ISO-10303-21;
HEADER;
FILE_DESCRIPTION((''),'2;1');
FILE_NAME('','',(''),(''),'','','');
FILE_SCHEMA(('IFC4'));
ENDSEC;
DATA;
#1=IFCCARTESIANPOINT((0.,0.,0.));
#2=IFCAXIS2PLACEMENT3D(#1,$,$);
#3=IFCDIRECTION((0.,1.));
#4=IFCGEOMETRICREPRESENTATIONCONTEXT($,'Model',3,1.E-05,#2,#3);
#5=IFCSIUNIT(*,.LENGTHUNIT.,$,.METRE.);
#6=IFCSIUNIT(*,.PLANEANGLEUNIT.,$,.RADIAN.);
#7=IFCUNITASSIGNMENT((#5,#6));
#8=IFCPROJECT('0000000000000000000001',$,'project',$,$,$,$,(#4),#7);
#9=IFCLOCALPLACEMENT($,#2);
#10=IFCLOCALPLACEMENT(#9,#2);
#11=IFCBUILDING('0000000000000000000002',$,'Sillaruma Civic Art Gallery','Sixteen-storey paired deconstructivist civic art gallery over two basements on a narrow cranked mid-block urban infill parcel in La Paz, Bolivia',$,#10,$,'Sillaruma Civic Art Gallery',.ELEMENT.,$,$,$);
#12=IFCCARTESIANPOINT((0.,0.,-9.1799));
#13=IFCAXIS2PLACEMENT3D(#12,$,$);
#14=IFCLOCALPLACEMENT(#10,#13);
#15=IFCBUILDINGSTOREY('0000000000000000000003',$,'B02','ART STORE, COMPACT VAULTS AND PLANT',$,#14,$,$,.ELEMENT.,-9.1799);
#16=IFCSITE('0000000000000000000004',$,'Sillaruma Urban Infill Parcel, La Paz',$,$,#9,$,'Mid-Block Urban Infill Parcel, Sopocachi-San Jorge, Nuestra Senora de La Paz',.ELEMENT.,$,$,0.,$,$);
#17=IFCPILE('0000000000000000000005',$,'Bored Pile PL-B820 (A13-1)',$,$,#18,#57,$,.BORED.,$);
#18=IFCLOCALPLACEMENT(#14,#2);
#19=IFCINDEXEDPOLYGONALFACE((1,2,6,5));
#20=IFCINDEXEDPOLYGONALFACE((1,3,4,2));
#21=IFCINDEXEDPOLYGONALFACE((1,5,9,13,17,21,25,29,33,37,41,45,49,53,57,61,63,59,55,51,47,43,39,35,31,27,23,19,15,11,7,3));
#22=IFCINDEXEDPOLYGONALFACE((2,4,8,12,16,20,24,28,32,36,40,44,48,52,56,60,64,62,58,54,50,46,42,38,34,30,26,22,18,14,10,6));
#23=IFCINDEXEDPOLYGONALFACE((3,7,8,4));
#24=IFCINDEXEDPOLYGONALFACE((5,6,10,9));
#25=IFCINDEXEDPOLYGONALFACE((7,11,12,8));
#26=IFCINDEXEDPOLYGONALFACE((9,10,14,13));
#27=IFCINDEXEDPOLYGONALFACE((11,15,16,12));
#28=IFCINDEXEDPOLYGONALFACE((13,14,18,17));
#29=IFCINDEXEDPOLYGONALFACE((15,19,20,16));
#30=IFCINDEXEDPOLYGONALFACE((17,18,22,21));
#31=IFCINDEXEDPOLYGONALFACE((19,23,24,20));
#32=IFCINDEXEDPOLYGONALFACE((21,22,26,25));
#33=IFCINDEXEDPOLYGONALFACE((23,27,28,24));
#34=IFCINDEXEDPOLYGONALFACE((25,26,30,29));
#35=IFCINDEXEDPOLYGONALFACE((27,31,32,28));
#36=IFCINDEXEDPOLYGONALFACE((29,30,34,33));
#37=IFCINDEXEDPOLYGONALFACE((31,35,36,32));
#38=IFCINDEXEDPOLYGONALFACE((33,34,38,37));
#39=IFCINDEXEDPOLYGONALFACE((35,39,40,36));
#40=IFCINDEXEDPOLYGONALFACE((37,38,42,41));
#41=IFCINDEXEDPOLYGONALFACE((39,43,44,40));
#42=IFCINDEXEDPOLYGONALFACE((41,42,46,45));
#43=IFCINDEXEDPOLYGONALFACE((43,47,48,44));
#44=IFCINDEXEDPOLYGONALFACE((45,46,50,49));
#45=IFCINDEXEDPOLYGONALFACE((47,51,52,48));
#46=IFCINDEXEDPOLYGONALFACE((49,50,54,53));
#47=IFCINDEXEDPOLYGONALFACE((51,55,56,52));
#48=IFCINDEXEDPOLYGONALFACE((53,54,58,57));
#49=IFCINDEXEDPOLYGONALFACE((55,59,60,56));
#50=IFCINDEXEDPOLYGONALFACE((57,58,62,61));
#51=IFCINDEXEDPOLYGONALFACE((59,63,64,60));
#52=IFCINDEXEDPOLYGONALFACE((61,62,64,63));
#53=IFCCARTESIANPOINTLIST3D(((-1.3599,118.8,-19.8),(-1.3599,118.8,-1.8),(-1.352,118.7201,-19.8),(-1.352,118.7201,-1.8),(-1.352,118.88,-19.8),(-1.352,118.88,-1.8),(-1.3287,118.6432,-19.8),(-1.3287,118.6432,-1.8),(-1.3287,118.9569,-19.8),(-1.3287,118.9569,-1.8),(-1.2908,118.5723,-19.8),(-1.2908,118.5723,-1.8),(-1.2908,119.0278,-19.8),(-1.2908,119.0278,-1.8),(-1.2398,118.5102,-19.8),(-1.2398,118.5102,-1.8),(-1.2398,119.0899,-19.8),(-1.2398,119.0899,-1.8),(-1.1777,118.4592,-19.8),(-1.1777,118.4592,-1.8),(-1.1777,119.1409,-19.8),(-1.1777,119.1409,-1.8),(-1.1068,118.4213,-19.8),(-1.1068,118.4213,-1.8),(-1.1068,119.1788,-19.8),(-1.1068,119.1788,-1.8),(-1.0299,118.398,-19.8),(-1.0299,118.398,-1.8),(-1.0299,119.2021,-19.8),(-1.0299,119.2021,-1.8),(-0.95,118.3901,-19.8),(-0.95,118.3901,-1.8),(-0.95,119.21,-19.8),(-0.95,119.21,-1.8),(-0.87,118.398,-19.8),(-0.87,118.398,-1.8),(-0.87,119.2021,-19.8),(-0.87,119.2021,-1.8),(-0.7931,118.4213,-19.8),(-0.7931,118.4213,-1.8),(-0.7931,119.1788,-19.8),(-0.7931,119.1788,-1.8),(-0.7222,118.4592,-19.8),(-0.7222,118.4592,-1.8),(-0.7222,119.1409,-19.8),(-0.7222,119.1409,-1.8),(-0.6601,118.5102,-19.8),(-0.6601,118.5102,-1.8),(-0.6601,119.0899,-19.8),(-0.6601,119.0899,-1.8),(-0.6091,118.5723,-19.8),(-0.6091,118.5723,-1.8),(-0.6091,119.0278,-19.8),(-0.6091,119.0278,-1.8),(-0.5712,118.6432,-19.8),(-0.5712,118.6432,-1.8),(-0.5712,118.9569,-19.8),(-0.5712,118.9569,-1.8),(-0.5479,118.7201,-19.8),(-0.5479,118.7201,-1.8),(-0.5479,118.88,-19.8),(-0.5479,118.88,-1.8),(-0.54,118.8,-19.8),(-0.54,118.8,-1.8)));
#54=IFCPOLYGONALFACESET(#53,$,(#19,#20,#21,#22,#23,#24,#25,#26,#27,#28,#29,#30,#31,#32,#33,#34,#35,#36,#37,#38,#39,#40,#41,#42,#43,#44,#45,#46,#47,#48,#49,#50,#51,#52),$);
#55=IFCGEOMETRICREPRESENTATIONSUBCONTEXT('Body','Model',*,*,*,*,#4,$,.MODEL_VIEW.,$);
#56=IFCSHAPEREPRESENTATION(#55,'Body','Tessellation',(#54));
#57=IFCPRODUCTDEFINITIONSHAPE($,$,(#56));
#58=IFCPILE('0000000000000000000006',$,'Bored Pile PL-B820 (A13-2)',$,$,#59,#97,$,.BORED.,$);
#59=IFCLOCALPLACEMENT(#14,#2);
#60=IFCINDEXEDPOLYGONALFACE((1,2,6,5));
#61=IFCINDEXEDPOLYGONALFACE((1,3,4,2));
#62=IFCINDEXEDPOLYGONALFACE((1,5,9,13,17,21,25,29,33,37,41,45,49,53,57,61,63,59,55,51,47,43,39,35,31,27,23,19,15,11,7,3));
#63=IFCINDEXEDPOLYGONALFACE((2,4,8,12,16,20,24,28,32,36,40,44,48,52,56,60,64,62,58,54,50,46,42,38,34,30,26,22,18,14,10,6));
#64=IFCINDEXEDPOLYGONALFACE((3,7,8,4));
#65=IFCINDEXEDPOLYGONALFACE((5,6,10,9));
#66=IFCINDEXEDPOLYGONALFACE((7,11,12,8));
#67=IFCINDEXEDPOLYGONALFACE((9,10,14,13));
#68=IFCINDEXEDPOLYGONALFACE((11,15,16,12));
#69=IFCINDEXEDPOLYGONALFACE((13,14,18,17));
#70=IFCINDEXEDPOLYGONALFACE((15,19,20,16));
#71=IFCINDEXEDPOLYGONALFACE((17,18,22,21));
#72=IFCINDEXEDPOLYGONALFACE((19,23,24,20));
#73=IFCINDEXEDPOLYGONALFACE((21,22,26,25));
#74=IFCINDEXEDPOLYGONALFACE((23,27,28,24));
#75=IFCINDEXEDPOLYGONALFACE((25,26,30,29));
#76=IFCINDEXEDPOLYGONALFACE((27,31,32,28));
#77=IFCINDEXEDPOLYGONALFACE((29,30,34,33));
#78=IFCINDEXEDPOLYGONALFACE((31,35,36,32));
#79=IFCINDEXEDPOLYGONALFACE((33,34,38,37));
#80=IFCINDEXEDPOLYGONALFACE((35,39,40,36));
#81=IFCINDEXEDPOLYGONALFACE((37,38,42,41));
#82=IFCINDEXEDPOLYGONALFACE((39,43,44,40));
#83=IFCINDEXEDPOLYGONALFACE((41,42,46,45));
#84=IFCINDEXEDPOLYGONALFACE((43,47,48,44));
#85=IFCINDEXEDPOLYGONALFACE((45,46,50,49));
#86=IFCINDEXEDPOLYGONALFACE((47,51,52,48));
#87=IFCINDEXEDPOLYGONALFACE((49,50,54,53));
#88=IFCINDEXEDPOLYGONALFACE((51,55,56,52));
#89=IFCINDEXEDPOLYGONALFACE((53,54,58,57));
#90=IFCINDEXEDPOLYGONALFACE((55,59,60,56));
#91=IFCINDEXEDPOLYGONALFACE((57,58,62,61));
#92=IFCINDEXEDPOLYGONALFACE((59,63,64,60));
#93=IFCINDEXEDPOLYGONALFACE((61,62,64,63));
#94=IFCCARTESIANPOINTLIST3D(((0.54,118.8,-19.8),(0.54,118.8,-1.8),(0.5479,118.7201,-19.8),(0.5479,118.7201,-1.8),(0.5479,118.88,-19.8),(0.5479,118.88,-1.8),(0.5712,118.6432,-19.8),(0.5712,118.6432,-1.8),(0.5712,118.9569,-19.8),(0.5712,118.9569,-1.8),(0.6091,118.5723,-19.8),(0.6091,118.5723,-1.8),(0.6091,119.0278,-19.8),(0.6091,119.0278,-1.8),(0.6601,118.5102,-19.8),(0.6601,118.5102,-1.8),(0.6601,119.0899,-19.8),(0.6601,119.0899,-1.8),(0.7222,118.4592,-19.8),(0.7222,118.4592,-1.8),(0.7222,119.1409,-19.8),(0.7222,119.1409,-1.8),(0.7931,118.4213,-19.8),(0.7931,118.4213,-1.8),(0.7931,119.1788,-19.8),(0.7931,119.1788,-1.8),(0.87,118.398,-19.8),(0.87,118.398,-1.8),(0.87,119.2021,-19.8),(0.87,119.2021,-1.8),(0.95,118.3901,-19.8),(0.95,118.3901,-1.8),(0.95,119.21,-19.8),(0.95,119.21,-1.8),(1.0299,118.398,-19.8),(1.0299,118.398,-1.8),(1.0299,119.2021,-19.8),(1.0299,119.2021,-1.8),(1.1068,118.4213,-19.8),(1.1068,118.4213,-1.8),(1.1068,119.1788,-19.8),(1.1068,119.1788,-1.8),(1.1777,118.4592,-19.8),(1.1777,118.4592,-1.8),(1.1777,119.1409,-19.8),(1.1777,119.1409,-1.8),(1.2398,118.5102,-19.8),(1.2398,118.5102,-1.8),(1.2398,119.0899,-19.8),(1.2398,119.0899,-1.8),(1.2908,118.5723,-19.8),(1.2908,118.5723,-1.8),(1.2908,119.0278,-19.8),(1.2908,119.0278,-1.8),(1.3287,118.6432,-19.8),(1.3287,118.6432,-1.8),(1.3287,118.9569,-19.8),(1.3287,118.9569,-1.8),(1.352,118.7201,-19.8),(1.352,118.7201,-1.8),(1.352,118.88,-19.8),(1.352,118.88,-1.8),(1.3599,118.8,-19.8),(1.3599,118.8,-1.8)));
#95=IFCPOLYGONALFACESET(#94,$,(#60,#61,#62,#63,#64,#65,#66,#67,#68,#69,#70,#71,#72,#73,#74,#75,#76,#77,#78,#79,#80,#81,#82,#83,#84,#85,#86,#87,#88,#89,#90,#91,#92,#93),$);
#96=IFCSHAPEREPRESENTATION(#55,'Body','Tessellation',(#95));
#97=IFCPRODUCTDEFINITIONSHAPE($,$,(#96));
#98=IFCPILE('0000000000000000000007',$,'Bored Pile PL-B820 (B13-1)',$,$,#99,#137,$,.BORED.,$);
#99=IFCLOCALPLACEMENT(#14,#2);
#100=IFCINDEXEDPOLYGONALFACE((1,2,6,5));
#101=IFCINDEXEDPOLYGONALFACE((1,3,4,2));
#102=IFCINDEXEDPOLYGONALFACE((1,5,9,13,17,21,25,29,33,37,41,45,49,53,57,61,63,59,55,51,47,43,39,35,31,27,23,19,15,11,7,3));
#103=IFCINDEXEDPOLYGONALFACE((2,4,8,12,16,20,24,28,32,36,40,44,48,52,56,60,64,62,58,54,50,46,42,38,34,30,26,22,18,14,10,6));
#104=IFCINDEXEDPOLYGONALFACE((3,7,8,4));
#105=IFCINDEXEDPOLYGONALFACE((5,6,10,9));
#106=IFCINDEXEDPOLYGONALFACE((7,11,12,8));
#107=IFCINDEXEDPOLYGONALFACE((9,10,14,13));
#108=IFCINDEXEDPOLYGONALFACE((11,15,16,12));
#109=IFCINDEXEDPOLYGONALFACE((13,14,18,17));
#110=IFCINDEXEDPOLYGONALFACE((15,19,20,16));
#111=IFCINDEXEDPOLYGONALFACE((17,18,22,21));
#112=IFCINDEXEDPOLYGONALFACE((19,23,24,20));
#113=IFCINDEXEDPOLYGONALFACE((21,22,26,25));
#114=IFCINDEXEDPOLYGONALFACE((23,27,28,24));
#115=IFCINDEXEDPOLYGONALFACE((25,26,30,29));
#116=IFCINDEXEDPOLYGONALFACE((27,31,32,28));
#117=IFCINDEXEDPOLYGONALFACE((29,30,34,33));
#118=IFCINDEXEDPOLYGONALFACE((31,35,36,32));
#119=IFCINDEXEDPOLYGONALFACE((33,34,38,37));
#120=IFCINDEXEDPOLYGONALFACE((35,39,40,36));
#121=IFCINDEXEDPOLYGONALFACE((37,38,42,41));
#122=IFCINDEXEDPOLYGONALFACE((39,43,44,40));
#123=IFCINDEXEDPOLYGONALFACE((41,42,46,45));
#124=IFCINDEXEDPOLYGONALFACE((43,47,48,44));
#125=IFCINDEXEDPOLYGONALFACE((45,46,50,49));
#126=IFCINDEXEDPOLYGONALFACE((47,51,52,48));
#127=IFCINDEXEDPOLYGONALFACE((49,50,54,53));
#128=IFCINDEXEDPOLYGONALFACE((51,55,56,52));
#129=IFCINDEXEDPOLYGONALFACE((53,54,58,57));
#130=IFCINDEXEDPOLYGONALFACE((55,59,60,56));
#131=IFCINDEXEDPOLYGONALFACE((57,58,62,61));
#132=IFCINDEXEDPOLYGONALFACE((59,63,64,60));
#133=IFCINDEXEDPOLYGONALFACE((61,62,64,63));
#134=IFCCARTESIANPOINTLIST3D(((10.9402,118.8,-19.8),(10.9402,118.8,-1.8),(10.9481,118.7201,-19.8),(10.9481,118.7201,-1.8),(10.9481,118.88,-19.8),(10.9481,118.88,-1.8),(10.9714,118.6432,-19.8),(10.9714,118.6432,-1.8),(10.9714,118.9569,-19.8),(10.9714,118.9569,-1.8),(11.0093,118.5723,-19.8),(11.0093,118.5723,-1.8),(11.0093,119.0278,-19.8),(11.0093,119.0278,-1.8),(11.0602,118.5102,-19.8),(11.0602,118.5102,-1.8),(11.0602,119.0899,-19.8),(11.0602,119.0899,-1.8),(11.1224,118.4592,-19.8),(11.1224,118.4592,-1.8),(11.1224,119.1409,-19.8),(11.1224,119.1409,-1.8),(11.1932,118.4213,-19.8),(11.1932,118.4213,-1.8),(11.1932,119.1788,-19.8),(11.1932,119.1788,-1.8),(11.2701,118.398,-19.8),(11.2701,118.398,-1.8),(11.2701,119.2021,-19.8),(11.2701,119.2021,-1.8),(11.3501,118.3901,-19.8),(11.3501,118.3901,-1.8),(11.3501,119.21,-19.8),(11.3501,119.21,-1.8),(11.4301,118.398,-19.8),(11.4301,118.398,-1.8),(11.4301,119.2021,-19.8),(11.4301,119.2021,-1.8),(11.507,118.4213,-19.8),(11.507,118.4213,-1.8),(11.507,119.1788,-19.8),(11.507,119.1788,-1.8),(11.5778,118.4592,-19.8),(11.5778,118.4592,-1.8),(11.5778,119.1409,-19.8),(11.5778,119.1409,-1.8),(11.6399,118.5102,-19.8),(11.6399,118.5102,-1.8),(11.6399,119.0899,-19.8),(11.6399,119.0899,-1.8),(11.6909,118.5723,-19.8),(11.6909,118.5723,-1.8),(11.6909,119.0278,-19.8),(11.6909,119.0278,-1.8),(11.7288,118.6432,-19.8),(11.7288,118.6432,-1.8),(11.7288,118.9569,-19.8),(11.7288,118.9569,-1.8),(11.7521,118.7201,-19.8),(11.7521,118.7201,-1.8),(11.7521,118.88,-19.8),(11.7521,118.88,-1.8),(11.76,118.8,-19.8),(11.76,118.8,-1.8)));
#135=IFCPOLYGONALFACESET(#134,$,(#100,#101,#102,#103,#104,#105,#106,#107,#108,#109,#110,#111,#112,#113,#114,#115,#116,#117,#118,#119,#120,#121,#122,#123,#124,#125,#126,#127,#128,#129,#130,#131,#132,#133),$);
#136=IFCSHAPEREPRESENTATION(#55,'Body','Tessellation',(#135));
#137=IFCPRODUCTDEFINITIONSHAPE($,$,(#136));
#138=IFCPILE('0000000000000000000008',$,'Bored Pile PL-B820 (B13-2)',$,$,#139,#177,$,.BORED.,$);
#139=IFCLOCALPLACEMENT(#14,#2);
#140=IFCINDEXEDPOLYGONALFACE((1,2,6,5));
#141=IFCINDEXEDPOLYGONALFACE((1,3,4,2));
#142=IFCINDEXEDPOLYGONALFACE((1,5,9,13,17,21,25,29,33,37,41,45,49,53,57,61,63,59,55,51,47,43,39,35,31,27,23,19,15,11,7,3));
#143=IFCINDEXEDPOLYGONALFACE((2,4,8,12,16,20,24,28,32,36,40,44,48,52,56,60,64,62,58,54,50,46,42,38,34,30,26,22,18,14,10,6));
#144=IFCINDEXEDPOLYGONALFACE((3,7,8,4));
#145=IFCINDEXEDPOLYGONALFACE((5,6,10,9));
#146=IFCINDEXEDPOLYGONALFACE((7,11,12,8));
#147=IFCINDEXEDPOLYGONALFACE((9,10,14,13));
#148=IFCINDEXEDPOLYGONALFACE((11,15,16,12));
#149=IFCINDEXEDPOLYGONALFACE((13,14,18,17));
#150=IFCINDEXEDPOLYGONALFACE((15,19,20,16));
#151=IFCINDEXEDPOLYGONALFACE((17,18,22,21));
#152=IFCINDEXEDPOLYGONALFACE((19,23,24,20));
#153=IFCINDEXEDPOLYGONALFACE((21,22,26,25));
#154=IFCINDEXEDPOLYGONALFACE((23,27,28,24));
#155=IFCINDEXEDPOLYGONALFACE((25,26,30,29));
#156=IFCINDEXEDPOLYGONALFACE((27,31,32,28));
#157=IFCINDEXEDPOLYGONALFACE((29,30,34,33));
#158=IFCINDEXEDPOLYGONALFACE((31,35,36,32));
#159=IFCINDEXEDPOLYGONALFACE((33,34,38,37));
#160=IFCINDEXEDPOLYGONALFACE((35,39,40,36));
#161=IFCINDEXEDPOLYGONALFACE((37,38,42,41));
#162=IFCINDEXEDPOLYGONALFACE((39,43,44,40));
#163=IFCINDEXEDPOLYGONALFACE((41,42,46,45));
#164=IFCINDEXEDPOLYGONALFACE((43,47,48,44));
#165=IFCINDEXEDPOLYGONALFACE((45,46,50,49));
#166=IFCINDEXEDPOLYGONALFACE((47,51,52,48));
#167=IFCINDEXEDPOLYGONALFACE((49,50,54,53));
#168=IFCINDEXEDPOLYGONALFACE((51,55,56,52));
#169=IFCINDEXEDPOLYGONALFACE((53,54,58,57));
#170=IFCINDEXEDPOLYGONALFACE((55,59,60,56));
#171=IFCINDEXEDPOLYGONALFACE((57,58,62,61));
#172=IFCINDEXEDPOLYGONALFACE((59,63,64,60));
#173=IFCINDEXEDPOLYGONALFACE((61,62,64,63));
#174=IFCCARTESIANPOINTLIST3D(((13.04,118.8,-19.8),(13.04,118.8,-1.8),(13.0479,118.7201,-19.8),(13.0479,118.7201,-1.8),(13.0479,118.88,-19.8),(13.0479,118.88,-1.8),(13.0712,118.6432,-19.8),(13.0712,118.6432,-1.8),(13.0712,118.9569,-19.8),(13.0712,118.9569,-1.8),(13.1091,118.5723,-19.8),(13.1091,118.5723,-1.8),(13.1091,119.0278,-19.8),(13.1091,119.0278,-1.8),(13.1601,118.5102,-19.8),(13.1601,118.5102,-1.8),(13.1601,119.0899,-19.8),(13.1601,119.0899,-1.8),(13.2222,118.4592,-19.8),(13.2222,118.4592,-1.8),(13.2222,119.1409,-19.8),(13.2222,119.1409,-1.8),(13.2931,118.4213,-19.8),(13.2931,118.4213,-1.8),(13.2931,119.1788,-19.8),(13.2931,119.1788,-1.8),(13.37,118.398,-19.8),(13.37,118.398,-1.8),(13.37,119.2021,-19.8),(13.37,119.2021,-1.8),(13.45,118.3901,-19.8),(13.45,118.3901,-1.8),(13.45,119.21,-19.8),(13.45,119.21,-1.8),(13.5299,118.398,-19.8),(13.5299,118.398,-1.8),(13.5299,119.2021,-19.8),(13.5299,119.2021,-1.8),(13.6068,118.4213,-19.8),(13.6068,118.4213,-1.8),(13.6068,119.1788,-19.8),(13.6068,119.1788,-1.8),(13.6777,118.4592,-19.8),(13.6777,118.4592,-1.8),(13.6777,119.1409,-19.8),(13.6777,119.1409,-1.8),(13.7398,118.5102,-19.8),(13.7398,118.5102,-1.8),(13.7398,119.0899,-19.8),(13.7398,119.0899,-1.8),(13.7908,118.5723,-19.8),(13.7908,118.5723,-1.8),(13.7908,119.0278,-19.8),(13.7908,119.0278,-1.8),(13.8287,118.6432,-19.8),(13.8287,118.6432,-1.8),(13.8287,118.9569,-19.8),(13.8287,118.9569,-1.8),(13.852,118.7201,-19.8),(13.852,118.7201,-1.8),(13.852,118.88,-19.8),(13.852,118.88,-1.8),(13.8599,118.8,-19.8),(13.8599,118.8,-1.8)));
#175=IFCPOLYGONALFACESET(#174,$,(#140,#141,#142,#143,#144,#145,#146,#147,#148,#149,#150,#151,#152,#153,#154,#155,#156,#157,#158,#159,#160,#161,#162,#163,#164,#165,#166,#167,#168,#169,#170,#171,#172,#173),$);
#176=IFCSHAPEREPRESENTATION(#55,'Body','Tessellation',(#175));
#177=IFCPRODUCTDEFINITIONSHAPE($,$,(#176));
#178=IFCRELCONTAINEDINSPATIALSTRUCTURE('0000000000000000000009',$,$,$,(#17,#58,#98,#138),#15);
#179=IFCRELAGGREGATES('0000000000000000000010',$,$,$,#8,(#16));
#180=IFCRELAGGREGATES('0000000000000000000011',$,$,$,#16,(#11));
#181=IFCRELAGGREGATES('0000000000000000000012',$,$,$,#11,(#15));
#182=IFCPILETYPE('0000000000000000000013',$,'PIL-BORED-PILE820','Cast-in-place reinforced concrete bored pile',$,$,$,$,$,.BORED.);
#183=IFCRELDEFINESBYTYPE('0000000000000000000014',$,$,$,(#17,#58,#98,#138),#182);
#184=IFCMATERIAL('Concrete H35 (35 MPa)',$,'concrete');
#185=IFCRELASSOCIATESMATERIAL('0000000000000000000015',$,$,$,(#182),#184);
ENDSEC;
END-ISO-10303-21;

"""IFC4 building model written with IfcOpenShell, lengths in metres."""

from ifc_helpers import new_model, si_unit, direction, frame, origin, origin_2d, place, context, subcontext, project, spatial, circle, extrude, material, material_profile, profile_set, type_object, element, save


model = new_model("IFC4")

# Units and contexts
model_context = context("Model", 3, precision=1e-05, world=origin(), true_north=direction((0.0, 1.0)))
body_context = subcontext(model_context, "Body", "Model", "MODEL_VIEW")
ifc_project = project(units=[si_unit("LENGTHUNIT", "METRE"), si_unit("PLANEANGLEUNIT", "RADIAN")], contexts=[model_context])

# Site, building, storey
site_placement = place(None, origin())
site = spatial("IfcSite", under=ifc_project, at=site_placement, Name="Sillaruma Urban Infill Parcel, La Paz", LongName="Mid-Block Urban Infill Parcel, Sopocachi-San Jorge, Nuestra Senora de La Paz", CompositionType="ELEMENT", RefElevation=0.0)
building_placement = place(site_placement, origin())
building = spatial("IfcBuilding", under=site, at=building_placement, Name="Sillaruma Civic Art Gallery", Description="Sixteen-storey paired deconstructivist civic art gallery over two basements on a narrow cranked mid-block urban infill parcel in La Paz, Bolivia", LongName="Sillaruma Civic Art Gallery", CompositionType="ELEMENT")
storey_placement = place(building_placement, frame((0.0, 0.0, -9.1799)))
storey = spatial("IfcBuildingStorey", under=building, at=storey_placement, Name="B02", Description="ART STORE, COMPACT VAULTS AND PLANT", CompositionType="ELEMENT", Elevation=-9.1799)

# Shared definitions
ifc_material_1 = material(Name="Concrete H35 (35 MPa)", Category="concrete")

# Piles
ifc_material_profile_1 = material_profile(ifc_material_1, circle(Radius=0.4099, at=origin_2d()), Name="PILE820")
ifc_profile_set_1 = profile_set([ifc_material_profile_1], Name="Concrete H35 (35 MPa)")
pile_type_1 = type_object("IfcPileType", Name="PIL-BORED-PILE820", Description="Cast-in-place reinforced concrete bored pile", PredefinedType="BORED", material=ifc_profile_set_1)
for number, where, z_axis, x_axis, name in (
    (1, (-0.95, 118.8, -1.8), (0.0, 0.0, -1.0), (1.0, 0.0, 0.0), "Bored Pile PL-B820 (A13-1)"),
    (2, (0.95, 118.8, -1.8), (0.0, 0.0, -1.0), (1.0, 0.0, 0.0), "Bored Pile PL-B820 (A13-2)"),
    (3, (11.3501, 118.8, -1.8), (0.0, 0.0, -1.0), (1.0, 0.0, 0.0), "Bored Pile PL-B820 (B13-1)"),
    (4, (13.45, 118.8, -1.8), (0.0, 0.0, -1.0), (1.0, 0.0, 0.0), "Bored Pile PL-B820 (B13-2)"),
):
    element("IfcPile", number, at=place(storey_placement, frame(where, z_axis=z_axis, x_axis=x_axis)), inside=storey, type_object=pile_type_1, Name=name, PredefinedType="BORED", context=body_context, shape_type="SweptSolid", body=[
        extrude(circle(Radius=0.4099, at=origin_2d()), origin(), (0.0, 0.0, 1.0), 18.0),
    ])

save(model, "model.ifc")
